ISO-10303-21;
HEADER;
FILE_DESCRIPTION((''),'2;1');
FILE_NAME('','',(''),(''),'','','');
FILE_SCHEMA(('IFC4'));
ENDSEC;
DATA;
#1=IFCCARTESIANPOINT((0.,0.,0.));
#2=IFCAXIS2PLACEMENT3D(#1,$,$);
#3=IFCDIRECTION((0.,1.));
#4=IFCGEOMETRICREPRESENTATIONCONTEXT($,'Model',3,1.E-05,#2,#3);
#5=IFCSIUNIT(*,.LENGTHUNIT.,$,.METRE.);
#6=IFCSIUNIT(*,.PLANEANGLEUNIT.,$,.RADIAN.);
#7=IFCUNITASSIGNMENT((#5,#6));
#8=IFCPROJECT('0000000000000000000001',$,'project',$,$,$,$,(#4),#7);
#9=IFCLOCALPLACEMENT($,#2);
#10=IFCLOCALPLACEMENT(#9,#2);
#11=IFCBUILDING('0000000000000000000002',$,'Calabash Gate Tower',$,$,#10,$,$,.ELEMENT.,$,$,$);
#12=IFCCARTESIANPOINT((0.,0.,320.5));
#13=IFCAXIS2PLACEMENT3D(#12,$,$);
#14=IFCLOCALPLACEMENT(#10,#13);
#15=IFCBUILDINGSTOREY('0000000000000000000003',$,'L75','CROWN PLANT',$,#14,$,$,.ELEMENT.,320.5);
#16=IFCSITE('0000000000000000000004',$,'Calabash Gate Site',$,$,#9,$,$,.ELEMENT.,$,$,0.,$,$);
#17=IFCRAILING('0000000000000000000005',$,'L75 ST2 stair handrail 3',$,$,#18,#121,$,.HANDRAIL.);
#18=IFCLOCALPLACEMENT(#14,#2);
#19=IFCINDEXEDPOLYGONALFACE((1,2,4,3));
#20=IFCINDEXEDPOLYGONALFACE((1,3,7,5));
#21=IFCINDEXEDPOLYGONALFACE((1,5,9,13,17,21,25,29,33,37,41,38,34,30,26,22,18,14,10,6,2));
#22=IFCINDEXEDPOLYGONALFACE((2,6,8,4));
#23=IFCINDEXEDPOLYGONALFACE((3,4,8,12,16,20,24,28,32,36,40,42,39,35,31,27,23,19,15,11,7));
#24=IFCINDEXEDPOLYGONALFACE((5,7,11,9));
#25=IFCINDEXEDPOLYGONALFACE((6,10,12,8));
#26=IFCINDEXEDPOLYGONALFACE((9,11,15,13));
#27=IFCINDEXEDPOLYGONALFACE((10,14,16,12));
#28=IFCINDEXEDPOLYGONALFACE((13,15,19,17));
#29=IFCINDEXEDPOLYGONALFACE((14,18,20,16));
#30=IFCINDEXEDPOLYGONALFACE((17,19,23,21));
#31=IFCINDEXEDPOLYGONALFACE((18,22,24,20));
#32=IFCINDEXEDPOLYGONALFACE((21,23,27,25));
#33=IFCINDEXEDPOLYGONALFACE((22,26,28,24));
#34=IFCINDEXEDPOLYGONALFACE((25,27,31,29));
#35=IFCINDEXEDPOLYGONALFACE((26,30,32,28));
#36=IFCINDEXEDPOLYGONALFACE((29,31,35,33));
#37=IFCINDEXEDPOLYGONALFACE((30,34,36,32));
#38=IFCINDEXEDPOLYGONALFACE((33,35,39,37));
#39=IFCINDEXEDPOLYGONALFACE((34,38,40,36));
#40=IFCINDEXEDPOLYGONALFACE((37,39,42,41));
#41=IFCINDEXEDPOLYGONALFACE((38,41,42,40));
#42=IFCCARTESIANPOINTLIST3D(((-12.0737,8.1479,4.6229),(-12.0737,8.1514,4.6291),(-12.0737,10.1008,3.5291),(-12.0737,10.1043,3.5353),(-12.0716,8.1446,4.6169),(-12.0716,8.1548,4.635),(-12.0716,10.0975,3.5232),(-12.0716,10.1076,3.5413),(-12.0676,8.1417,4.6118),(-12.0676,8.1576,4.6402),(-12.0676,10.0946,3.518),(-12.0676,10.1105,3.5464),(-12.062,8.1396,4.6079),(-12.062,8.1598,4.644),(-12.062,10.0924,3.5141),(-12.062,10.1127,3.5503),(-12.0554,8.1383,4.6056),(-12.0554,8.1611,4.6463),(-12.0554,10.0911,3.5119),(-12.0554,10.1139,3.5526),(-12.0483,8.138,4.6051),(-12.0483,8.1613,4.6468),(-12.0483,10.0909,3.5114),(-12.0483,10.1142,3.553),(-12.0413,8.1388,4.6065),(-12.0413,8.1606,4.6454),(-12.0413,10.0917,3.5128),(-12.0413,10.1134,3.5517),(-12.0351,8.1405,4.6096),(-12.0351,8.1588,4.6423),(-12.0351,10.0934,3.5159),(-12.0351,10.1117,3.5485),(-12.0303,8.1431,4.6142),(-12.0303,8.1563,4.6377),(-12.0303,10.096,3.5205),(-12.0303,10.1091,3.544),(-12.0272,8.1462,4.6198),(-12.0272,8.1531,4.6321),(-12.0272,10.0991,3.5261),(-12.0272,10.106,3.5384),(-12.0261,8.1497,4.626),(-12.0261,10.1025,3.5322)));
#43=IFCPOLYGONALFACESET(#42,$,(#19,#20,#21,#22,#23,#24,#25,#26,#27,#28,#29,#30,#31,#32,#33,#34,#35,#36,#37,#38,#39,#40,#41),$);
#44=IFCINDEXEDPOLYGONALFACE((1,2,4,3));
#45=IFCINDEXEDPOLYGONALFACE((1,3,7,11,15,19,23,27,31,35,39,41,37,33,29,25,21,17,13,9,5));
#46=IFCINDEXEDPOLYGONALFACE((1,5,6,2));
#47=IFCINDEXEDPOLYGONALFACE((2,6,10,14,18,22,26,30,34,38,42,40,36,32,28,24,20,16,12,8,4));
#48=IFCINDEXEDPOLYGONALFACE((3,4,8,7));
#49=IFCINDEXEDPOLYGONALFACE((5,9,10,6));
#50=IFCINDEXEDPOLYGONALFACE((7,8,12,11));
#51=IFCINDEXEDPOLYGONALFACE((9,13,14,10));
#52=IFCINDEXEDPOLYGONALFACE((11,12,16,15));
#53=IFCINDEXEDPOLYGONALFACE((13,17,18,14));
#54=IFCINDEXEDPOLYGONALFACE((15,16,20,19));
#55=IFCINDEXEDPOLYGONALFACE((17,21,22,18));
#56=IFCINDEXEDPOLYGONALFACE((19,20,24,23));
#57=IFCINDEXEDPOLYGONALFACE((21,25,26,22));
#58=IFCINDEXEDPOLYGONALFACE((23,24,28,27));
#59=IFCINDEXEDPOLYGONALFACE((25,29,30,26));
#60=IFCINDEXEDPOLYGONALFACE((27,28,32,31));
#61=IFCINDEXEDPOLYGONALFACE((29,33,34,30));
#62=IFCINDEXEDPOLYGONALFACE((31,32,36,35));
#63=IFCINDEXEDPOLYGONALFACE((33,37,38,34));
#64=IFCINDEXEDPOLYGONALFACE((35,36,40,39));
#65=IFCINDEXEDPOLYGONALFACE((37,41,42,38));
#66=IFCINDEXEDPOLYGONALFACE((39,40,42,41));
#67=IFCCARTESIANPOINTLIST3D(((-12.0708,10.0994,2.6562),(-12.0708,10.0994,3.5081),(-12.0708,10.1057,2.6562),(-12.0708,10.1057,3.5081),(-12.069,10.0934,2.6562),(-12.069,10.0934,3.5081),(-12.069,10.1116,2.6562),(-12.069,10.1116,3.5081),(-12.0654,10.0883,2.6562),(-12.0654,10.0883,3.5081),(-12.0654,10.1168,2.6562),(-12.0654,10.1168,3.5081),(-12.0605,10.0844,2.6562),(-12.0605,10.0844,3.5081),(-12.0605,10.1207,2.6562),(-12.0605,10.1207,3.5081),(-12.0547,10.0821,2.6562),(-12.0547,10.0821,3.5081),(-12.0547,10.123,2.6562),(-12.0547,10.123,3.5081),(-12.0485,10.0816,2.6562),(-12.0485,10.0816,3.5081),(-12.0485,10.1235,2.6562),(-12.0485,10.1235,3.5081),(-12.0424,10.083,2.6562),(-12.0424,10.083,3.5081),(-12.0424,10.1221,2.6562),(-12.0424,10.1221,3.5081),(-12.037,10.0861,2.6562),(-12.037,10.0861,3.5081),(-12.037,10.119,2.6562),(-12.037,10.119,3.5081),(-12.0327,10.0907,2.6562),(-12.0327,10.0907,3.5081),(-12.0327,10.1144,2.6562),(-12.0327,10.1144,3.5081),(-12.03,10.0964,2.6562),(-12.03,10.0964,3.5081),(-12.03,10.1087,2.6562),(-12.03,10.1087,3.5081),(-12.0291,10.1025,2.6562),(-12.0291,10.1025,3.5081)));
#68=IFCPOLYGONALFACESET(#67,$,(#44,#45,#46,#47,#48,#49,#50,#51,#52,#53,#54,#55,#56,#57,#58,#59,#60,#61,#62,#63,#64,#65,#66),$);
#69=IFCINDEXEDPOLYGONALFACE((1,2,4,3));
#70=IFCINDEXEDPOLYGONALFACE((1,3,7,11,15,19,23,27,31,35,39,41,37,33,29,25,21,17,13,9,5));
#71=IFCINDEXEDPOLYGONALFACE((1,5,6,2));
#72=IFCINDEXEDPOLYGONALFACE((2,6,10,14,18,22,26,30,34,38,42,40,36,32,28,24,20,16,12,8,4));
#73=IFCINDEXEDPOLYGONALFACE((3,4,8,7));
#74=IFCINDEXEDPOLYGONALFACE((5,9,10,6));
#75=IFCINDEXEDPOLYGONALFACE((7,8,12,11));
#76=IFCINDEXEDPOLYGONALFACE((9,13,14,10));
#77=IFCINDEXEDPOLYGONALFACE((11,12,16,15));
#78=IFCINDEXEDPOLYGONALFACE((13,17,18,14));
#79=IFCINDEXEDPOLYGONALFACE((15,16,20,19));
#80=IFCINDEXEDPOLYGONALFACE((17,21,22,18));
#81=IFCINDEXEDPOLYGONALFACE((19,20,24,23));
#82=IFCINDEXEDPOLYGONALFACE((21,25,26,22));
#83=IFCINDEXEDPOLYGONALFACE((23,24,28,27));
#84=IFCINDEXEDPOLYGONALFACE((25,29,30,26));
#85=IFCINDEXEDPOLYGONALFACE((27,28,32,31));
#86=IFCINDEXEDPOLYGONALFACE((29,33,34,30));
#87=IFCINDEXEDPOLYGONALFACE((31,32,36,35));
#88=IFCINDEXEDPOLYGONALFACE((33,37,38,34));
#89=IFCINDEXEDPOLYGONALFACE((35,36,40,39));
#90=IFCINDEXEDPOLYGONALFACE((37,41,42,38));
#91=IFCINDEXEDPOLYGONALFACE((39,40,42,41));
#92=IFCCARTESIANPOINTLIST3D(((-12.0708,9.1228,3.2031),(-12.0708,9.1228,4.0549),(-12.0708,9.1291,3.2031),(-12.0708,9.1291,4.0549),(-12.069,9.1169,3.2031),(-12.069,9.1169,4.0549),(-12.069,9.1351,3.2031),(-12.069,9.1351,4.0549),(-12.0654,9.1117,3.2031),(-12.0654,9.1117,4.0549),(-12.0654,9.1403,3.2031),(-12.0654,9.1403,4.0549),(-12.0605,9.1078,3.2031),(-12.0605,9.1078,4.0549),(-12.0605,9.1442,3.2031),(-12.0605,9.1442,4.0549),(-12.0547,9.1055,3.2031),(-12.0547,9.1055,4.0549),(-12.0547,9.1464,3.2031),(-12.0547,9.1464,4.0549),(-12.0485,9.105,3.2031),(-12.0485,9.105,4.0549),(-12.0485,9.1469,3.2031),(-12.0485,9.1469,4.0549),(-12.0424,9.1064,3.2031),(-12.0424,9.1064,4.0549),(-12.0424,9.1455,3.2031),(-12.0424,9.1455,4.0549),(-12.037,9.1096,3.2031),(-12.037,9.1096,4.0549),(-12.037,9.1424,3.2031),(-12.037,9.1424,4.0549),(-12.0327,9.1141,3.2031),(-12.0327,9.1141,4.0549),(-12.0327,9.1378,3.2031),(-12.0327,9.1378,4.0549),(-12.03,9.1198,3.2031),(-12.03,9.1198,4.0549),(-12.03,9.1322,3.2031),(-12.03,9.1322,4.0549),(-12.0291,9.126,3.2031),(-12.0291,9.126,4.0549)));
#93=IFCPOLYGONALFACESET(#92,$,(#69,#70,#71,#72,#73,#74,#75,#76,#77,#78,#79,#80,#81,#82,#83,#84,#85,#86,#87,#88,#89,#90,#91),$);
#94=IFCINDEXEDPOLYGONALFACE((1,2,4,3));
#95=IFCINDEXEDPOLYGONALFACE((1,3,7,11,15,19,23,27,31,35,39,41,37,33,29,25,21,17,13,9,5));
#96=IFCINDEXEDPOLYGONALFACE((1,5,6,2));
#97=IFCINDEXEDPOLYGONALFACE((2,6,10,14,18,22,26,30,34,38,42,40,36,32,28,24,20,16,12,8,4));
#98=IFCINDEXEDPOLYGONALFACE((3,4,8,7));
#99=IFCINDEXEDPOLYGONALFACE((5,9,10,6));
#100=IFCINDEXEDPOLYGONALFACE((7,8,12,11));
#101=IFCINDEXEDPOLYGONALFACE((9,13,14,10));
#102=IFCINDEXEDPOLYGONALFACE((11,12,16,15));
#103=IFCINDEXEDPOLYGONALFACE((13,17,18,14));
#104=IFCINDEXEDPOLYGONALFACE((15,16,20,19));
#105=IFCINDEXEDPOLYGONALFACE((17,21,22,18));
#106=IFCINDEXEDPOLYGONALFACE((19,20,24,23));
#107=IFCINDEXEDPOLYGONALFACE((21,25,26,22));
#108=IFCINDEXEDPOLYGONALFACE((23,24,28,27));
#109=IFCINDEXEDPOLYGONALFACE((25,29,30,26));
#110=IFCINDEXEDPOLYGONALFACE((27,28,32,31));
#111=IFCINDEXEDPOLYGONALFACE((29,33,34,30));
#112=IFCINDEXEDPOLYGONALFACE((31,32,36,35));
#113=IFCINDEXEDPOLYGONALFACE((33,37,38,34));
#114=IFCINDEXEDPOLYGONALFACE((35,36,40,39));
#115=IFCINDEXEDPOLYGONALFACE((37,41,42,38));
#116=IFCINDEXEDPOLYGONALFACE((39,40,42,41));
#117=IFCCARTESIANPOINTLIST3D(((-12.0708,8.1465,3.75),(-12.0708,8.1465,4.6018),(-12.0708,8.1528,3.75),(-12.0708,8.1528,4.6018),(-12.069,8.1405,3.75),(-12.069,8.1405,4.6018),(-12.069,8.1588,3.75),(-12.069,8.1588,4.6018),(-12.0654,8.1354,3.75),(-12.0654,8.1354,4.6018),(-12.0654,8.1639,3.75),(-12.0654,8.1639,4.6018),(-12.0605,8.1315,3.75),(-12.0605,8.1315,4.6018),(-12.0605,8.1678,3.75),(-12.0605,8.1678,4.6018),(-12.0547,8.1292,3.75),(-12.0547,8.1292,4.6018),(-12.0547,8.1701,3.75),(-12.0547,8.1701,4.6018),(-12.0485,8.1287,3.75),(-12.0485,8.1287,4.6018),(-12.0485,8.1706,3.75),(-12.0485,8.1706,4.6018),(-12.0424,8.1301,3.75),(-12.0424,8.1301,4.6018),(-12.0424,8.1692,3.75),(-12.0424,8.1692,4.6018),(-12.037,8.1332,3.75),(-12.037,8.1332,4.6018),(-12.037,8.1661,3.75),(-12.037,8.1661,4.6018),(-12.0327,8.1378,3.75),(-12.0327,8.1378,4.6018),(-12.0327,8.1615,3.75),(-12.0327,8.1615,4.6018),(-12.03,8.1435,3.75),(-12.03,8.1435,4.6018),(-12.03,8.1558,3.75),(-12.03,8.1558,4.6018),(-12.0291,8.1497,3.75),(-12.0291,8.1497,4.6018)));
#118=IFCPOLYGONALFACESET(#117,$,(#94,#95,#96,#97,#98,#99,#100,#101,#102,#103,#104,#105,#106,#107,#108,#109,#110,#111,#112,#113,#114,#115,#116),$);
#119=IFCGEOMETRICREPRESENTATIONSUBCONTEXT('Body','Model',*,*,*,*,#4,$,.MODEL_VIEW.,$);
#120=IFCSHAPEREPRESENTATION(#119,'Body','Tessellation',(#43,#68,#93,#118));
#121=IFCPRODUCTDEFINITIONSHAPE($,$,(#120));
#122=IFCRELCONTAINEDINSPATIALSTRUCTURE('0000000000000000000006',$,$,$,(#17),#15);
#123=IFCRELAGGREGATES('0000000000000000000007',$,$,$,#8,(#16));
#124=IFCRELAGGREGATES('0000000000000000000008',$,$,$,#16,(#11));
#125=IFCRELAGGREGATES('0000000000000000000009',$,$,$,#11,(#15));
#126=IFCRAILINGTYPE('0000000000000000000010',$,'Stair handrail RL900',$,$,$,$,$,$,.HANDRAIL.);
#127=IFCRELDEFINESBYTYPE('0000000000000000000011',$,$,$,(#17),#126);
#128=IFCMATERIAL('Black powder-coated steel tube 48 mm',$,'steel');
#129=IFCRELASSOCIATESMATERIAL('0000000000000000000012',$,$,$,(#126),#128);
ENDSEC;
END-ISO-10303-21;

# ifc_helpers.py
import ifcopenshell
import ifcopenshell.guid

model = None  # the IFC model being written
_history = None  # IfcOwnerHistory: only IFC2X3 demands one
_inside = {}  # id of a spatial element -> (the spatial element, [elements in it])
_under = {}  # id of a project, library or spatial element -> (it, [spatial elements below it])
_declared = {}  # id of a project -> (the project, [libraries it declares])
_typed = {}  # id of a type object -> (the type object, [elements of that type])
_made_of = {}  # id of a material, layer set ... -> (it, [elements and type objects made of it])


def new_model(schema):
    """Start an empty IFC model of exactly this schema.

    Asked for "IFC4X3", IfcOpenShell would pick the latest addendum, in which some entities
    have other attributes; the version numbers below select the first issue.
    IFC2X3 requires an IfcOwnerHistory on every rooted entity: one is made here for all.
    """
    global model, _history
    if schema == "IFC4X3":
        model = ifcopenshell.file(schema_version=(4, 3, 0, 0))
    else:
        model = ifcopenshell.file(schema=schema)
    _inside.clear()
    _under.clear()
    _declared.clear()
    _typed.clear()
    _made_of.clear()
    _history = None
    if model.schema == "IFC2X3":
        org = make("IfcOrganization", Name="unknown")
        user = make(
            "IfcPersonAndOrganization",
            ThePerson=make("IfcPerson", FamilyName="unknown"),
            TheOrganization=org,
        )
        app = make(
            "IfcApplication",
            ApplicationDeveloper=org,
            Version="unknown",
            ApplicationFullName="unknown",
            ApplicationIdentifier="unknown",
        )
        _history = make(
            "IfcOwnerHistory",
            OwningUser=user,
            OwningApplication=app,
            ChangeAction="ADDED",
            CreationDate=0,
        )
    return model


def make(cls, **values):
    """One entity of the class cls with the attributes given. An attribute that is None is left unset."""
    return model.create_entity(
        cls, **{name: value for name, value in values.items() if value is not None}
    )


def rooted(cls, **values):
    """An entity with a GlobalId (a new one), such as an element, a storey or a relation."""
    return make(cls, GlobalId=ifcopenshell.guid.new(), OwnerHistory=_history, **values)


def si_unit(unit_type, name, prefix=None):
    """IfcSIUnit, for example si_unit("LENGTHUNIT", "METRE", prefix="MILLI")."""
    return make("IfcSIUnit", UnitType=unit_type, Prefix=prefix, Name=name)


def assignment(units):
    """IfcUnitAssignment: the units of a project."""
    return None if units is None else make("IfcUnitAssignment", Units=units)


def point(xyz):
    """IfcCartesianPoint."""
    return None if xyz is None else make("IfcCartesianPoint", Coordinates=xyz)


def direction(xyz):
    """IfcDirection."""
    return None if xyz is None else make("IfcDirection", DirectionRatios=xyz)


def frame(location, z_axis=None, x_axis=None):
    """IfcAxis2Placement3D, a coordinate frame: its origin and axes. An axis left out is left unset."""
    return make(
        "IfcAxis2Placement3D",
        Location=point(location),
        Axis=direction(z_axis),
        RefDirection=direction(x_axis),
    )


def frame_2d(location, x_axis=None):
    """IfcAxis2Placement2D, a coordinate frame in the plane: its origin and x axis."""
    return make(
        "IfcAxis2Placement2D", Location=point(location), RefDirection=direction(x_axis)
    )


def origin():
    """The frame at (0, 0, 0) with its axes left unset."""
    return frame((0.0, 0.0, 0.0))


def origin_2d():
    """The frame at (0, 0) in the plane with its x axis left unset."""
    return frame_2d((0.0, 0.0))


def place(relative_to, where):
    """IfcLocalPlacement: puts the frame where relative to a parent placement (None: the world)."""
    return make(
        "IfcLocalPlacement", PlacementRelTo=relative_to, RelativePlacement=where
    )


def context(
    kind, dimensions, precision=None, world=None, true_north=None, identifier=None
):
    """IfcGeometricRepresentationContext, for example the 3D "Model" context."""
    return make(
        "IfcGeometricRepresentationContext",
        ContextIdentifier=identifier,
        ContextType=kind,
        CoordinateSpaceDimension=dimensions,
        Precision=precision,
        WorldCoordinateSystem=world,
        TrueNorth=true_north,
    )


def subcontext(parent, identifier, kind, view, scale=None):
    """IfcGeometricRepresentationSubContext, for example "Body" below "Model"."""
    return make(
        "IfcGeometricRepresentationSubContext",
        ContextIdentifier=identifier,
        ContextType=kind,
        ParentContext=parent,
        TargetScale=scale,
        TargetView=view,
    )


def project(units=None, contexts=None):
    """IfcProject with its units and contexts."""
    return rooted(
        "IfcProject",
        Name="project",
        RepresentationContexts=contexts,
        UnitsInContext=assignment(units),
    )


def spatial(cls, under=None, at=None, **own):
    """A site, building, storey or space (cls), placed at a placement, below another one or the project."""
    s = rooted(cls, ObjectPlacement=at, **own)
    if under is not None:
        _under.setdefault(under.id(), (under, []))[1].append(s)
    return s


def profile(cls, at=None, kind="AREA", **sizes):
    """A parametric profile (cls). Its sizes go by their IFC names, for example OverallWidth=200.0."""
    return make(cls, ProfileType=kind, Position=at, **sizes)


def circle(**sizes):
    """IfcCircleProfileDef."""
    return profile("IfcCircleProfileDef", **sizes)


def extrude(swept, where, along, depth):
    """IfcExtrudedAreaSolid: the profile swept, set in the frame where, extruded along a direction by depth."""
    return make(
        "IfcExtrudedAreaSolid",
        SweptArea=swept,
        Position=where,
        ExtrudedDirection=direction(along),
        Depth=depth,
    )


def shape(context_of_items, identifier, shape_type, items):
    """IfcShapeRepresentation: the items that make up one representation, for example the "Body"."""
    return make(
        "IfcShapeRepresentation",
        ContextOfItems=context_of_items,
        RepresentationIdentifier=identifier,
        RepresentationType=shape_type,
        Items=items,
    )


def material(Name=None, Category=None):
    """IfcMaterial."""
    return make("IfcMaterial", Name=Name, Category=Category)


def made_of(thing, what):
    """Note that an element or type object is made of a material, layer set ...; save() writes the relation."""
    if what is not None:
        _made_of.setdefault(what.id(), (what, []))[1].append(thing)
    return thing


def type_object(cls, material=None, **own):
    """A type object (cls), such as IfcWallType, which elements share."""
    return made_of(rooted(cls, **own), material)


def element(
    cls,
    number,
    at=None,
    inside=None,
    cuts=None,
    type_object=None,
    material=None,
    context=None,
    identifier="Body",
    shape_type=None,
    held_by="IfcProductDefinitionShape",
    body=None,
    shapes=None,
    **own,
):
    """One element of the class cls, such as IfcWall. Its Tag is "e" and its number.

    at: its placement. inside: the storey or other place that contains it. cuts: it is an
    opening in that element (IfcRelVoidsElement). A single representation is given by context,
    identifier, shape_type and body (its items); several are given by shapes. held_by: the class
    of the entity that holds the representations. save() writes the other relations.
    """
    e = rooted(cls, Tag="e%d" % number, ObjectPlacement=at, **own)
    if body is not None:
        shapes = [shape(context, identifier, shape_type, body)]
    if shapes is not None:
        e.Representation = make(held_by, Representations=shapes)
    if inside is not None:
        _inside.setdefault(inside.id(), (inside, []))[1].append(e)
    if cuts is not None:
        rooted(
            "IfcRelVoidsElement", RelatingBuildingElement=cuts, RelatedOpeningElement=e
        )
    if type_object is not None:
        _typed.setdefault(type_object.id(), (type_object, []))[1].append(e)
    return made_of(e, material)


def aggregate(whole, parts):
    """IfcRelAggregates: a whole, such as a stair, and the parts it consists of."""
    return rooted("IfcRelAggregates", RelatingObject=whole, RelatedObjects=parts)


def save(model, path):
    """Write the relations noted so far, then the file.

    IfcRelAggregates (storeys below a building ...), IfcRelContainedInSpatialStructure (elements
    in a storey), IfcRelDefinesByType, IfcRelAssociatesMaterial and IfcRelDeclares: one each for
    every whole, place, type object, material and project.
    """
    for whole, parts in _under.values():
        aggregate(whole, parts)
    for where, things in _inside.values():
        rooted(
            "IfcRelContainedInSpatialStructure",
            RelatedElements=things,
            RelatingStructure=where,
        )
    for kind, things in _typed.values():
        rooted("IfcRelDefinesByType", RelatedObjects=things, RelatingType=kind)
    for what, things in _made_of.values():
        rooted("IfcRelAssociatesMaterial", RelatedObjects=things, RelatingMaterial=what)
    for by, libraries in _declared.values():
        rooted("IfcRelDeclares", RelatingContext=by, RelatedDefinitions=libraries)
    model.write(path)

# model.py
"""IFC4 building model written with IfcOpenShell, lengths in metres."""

from ifc_helpers import new_model, si_unit, direction, frame, origin, origin_2d, place, context, subcontext, project, spatial, circle, extrude, material, type_object, element, save


model = new_model("IFC4")

# Units and contexts
model_context = context("Model", 3, precision=1e-05, world=origin(), true_north=direction((0.0, 1.0)))
body_context = subcontext(model_context, "Body", "Model", "MODEL_VIEW")
ifc_project = project(units=[si_unit("LENGTHUNIT", "METRE"), si_unit("PLANEANGLEUNIT", "RADIAN")], contexts=[model_context])

# Site, building, storey
site_placement = place(None, origin())
site = spatial("IfcSite", under=ifc_project, at=site_placement, Name="Calabash Gate Site", CompositionType="ELEMENT", RefElevation=0.0)
building_placement = place(site_placement, origin())
building = spatial("IfcBuilding", under=site, at=building_placement, Name="Calabash Gate Tower", CompositionType="ELEMENT")
storey_placement = place(building_placement, frame((0.0, 0.0, 320.5)))
storey = spatial("IfcBuildingStorey", under=building, at=storey_placement, Name="L75", Description="CROWN PLANT", CompositionType="ELEMENT", Elevation=320.5)

# Railing
ifc_material_1 = material(Name="Black powder-coated steel tube 48 mm", Category="steel")
railing_type = type_object("IfcRailingType", Name="Stair handrail RL900", PredefinedType="HANDRAIL", material=ifc_material_1)
for number, where, name in (
    (1, (-12.05, 10.1025, 2.6562), "L75 ST2 stair handrail 3"),
):
    element("IfcRailing", number, at=place(storey_placement, frame(where)), inside=storey, type_object=railing_type, Name=name, PredefinedType="HANDRAIL", context=body_context, shape_type="SweptSolid", body=[
        extrude(circle(Radius=0.0239, at=origin_2d()), frame((0.0, 0.0, 0.876), z_axis=(0.0, -0.87248, 0.48865), x_axis=(1.0, 0.0, 0.0)), (0.0, 0.0, 1.0), 2.2383),
        extrude(circle(Radius=0.021, at=origin_2d()), origin(), (0.0, 0.0, 1.0), 0.8518),
        extrude(circle(Radius=0.021, at=origin_2d()), frame((0.0, -0.9766, 0.5469)), (0.0, 0.0, 1.0), 0.8518),
        extrude(circle(Radius=0.021, at=origin_2d()), frame((0.0, -1.9529, 1.0938)), (0.0, 0.0, 1.0), 0.8518),
    ])

save(model, "model.ifc")
